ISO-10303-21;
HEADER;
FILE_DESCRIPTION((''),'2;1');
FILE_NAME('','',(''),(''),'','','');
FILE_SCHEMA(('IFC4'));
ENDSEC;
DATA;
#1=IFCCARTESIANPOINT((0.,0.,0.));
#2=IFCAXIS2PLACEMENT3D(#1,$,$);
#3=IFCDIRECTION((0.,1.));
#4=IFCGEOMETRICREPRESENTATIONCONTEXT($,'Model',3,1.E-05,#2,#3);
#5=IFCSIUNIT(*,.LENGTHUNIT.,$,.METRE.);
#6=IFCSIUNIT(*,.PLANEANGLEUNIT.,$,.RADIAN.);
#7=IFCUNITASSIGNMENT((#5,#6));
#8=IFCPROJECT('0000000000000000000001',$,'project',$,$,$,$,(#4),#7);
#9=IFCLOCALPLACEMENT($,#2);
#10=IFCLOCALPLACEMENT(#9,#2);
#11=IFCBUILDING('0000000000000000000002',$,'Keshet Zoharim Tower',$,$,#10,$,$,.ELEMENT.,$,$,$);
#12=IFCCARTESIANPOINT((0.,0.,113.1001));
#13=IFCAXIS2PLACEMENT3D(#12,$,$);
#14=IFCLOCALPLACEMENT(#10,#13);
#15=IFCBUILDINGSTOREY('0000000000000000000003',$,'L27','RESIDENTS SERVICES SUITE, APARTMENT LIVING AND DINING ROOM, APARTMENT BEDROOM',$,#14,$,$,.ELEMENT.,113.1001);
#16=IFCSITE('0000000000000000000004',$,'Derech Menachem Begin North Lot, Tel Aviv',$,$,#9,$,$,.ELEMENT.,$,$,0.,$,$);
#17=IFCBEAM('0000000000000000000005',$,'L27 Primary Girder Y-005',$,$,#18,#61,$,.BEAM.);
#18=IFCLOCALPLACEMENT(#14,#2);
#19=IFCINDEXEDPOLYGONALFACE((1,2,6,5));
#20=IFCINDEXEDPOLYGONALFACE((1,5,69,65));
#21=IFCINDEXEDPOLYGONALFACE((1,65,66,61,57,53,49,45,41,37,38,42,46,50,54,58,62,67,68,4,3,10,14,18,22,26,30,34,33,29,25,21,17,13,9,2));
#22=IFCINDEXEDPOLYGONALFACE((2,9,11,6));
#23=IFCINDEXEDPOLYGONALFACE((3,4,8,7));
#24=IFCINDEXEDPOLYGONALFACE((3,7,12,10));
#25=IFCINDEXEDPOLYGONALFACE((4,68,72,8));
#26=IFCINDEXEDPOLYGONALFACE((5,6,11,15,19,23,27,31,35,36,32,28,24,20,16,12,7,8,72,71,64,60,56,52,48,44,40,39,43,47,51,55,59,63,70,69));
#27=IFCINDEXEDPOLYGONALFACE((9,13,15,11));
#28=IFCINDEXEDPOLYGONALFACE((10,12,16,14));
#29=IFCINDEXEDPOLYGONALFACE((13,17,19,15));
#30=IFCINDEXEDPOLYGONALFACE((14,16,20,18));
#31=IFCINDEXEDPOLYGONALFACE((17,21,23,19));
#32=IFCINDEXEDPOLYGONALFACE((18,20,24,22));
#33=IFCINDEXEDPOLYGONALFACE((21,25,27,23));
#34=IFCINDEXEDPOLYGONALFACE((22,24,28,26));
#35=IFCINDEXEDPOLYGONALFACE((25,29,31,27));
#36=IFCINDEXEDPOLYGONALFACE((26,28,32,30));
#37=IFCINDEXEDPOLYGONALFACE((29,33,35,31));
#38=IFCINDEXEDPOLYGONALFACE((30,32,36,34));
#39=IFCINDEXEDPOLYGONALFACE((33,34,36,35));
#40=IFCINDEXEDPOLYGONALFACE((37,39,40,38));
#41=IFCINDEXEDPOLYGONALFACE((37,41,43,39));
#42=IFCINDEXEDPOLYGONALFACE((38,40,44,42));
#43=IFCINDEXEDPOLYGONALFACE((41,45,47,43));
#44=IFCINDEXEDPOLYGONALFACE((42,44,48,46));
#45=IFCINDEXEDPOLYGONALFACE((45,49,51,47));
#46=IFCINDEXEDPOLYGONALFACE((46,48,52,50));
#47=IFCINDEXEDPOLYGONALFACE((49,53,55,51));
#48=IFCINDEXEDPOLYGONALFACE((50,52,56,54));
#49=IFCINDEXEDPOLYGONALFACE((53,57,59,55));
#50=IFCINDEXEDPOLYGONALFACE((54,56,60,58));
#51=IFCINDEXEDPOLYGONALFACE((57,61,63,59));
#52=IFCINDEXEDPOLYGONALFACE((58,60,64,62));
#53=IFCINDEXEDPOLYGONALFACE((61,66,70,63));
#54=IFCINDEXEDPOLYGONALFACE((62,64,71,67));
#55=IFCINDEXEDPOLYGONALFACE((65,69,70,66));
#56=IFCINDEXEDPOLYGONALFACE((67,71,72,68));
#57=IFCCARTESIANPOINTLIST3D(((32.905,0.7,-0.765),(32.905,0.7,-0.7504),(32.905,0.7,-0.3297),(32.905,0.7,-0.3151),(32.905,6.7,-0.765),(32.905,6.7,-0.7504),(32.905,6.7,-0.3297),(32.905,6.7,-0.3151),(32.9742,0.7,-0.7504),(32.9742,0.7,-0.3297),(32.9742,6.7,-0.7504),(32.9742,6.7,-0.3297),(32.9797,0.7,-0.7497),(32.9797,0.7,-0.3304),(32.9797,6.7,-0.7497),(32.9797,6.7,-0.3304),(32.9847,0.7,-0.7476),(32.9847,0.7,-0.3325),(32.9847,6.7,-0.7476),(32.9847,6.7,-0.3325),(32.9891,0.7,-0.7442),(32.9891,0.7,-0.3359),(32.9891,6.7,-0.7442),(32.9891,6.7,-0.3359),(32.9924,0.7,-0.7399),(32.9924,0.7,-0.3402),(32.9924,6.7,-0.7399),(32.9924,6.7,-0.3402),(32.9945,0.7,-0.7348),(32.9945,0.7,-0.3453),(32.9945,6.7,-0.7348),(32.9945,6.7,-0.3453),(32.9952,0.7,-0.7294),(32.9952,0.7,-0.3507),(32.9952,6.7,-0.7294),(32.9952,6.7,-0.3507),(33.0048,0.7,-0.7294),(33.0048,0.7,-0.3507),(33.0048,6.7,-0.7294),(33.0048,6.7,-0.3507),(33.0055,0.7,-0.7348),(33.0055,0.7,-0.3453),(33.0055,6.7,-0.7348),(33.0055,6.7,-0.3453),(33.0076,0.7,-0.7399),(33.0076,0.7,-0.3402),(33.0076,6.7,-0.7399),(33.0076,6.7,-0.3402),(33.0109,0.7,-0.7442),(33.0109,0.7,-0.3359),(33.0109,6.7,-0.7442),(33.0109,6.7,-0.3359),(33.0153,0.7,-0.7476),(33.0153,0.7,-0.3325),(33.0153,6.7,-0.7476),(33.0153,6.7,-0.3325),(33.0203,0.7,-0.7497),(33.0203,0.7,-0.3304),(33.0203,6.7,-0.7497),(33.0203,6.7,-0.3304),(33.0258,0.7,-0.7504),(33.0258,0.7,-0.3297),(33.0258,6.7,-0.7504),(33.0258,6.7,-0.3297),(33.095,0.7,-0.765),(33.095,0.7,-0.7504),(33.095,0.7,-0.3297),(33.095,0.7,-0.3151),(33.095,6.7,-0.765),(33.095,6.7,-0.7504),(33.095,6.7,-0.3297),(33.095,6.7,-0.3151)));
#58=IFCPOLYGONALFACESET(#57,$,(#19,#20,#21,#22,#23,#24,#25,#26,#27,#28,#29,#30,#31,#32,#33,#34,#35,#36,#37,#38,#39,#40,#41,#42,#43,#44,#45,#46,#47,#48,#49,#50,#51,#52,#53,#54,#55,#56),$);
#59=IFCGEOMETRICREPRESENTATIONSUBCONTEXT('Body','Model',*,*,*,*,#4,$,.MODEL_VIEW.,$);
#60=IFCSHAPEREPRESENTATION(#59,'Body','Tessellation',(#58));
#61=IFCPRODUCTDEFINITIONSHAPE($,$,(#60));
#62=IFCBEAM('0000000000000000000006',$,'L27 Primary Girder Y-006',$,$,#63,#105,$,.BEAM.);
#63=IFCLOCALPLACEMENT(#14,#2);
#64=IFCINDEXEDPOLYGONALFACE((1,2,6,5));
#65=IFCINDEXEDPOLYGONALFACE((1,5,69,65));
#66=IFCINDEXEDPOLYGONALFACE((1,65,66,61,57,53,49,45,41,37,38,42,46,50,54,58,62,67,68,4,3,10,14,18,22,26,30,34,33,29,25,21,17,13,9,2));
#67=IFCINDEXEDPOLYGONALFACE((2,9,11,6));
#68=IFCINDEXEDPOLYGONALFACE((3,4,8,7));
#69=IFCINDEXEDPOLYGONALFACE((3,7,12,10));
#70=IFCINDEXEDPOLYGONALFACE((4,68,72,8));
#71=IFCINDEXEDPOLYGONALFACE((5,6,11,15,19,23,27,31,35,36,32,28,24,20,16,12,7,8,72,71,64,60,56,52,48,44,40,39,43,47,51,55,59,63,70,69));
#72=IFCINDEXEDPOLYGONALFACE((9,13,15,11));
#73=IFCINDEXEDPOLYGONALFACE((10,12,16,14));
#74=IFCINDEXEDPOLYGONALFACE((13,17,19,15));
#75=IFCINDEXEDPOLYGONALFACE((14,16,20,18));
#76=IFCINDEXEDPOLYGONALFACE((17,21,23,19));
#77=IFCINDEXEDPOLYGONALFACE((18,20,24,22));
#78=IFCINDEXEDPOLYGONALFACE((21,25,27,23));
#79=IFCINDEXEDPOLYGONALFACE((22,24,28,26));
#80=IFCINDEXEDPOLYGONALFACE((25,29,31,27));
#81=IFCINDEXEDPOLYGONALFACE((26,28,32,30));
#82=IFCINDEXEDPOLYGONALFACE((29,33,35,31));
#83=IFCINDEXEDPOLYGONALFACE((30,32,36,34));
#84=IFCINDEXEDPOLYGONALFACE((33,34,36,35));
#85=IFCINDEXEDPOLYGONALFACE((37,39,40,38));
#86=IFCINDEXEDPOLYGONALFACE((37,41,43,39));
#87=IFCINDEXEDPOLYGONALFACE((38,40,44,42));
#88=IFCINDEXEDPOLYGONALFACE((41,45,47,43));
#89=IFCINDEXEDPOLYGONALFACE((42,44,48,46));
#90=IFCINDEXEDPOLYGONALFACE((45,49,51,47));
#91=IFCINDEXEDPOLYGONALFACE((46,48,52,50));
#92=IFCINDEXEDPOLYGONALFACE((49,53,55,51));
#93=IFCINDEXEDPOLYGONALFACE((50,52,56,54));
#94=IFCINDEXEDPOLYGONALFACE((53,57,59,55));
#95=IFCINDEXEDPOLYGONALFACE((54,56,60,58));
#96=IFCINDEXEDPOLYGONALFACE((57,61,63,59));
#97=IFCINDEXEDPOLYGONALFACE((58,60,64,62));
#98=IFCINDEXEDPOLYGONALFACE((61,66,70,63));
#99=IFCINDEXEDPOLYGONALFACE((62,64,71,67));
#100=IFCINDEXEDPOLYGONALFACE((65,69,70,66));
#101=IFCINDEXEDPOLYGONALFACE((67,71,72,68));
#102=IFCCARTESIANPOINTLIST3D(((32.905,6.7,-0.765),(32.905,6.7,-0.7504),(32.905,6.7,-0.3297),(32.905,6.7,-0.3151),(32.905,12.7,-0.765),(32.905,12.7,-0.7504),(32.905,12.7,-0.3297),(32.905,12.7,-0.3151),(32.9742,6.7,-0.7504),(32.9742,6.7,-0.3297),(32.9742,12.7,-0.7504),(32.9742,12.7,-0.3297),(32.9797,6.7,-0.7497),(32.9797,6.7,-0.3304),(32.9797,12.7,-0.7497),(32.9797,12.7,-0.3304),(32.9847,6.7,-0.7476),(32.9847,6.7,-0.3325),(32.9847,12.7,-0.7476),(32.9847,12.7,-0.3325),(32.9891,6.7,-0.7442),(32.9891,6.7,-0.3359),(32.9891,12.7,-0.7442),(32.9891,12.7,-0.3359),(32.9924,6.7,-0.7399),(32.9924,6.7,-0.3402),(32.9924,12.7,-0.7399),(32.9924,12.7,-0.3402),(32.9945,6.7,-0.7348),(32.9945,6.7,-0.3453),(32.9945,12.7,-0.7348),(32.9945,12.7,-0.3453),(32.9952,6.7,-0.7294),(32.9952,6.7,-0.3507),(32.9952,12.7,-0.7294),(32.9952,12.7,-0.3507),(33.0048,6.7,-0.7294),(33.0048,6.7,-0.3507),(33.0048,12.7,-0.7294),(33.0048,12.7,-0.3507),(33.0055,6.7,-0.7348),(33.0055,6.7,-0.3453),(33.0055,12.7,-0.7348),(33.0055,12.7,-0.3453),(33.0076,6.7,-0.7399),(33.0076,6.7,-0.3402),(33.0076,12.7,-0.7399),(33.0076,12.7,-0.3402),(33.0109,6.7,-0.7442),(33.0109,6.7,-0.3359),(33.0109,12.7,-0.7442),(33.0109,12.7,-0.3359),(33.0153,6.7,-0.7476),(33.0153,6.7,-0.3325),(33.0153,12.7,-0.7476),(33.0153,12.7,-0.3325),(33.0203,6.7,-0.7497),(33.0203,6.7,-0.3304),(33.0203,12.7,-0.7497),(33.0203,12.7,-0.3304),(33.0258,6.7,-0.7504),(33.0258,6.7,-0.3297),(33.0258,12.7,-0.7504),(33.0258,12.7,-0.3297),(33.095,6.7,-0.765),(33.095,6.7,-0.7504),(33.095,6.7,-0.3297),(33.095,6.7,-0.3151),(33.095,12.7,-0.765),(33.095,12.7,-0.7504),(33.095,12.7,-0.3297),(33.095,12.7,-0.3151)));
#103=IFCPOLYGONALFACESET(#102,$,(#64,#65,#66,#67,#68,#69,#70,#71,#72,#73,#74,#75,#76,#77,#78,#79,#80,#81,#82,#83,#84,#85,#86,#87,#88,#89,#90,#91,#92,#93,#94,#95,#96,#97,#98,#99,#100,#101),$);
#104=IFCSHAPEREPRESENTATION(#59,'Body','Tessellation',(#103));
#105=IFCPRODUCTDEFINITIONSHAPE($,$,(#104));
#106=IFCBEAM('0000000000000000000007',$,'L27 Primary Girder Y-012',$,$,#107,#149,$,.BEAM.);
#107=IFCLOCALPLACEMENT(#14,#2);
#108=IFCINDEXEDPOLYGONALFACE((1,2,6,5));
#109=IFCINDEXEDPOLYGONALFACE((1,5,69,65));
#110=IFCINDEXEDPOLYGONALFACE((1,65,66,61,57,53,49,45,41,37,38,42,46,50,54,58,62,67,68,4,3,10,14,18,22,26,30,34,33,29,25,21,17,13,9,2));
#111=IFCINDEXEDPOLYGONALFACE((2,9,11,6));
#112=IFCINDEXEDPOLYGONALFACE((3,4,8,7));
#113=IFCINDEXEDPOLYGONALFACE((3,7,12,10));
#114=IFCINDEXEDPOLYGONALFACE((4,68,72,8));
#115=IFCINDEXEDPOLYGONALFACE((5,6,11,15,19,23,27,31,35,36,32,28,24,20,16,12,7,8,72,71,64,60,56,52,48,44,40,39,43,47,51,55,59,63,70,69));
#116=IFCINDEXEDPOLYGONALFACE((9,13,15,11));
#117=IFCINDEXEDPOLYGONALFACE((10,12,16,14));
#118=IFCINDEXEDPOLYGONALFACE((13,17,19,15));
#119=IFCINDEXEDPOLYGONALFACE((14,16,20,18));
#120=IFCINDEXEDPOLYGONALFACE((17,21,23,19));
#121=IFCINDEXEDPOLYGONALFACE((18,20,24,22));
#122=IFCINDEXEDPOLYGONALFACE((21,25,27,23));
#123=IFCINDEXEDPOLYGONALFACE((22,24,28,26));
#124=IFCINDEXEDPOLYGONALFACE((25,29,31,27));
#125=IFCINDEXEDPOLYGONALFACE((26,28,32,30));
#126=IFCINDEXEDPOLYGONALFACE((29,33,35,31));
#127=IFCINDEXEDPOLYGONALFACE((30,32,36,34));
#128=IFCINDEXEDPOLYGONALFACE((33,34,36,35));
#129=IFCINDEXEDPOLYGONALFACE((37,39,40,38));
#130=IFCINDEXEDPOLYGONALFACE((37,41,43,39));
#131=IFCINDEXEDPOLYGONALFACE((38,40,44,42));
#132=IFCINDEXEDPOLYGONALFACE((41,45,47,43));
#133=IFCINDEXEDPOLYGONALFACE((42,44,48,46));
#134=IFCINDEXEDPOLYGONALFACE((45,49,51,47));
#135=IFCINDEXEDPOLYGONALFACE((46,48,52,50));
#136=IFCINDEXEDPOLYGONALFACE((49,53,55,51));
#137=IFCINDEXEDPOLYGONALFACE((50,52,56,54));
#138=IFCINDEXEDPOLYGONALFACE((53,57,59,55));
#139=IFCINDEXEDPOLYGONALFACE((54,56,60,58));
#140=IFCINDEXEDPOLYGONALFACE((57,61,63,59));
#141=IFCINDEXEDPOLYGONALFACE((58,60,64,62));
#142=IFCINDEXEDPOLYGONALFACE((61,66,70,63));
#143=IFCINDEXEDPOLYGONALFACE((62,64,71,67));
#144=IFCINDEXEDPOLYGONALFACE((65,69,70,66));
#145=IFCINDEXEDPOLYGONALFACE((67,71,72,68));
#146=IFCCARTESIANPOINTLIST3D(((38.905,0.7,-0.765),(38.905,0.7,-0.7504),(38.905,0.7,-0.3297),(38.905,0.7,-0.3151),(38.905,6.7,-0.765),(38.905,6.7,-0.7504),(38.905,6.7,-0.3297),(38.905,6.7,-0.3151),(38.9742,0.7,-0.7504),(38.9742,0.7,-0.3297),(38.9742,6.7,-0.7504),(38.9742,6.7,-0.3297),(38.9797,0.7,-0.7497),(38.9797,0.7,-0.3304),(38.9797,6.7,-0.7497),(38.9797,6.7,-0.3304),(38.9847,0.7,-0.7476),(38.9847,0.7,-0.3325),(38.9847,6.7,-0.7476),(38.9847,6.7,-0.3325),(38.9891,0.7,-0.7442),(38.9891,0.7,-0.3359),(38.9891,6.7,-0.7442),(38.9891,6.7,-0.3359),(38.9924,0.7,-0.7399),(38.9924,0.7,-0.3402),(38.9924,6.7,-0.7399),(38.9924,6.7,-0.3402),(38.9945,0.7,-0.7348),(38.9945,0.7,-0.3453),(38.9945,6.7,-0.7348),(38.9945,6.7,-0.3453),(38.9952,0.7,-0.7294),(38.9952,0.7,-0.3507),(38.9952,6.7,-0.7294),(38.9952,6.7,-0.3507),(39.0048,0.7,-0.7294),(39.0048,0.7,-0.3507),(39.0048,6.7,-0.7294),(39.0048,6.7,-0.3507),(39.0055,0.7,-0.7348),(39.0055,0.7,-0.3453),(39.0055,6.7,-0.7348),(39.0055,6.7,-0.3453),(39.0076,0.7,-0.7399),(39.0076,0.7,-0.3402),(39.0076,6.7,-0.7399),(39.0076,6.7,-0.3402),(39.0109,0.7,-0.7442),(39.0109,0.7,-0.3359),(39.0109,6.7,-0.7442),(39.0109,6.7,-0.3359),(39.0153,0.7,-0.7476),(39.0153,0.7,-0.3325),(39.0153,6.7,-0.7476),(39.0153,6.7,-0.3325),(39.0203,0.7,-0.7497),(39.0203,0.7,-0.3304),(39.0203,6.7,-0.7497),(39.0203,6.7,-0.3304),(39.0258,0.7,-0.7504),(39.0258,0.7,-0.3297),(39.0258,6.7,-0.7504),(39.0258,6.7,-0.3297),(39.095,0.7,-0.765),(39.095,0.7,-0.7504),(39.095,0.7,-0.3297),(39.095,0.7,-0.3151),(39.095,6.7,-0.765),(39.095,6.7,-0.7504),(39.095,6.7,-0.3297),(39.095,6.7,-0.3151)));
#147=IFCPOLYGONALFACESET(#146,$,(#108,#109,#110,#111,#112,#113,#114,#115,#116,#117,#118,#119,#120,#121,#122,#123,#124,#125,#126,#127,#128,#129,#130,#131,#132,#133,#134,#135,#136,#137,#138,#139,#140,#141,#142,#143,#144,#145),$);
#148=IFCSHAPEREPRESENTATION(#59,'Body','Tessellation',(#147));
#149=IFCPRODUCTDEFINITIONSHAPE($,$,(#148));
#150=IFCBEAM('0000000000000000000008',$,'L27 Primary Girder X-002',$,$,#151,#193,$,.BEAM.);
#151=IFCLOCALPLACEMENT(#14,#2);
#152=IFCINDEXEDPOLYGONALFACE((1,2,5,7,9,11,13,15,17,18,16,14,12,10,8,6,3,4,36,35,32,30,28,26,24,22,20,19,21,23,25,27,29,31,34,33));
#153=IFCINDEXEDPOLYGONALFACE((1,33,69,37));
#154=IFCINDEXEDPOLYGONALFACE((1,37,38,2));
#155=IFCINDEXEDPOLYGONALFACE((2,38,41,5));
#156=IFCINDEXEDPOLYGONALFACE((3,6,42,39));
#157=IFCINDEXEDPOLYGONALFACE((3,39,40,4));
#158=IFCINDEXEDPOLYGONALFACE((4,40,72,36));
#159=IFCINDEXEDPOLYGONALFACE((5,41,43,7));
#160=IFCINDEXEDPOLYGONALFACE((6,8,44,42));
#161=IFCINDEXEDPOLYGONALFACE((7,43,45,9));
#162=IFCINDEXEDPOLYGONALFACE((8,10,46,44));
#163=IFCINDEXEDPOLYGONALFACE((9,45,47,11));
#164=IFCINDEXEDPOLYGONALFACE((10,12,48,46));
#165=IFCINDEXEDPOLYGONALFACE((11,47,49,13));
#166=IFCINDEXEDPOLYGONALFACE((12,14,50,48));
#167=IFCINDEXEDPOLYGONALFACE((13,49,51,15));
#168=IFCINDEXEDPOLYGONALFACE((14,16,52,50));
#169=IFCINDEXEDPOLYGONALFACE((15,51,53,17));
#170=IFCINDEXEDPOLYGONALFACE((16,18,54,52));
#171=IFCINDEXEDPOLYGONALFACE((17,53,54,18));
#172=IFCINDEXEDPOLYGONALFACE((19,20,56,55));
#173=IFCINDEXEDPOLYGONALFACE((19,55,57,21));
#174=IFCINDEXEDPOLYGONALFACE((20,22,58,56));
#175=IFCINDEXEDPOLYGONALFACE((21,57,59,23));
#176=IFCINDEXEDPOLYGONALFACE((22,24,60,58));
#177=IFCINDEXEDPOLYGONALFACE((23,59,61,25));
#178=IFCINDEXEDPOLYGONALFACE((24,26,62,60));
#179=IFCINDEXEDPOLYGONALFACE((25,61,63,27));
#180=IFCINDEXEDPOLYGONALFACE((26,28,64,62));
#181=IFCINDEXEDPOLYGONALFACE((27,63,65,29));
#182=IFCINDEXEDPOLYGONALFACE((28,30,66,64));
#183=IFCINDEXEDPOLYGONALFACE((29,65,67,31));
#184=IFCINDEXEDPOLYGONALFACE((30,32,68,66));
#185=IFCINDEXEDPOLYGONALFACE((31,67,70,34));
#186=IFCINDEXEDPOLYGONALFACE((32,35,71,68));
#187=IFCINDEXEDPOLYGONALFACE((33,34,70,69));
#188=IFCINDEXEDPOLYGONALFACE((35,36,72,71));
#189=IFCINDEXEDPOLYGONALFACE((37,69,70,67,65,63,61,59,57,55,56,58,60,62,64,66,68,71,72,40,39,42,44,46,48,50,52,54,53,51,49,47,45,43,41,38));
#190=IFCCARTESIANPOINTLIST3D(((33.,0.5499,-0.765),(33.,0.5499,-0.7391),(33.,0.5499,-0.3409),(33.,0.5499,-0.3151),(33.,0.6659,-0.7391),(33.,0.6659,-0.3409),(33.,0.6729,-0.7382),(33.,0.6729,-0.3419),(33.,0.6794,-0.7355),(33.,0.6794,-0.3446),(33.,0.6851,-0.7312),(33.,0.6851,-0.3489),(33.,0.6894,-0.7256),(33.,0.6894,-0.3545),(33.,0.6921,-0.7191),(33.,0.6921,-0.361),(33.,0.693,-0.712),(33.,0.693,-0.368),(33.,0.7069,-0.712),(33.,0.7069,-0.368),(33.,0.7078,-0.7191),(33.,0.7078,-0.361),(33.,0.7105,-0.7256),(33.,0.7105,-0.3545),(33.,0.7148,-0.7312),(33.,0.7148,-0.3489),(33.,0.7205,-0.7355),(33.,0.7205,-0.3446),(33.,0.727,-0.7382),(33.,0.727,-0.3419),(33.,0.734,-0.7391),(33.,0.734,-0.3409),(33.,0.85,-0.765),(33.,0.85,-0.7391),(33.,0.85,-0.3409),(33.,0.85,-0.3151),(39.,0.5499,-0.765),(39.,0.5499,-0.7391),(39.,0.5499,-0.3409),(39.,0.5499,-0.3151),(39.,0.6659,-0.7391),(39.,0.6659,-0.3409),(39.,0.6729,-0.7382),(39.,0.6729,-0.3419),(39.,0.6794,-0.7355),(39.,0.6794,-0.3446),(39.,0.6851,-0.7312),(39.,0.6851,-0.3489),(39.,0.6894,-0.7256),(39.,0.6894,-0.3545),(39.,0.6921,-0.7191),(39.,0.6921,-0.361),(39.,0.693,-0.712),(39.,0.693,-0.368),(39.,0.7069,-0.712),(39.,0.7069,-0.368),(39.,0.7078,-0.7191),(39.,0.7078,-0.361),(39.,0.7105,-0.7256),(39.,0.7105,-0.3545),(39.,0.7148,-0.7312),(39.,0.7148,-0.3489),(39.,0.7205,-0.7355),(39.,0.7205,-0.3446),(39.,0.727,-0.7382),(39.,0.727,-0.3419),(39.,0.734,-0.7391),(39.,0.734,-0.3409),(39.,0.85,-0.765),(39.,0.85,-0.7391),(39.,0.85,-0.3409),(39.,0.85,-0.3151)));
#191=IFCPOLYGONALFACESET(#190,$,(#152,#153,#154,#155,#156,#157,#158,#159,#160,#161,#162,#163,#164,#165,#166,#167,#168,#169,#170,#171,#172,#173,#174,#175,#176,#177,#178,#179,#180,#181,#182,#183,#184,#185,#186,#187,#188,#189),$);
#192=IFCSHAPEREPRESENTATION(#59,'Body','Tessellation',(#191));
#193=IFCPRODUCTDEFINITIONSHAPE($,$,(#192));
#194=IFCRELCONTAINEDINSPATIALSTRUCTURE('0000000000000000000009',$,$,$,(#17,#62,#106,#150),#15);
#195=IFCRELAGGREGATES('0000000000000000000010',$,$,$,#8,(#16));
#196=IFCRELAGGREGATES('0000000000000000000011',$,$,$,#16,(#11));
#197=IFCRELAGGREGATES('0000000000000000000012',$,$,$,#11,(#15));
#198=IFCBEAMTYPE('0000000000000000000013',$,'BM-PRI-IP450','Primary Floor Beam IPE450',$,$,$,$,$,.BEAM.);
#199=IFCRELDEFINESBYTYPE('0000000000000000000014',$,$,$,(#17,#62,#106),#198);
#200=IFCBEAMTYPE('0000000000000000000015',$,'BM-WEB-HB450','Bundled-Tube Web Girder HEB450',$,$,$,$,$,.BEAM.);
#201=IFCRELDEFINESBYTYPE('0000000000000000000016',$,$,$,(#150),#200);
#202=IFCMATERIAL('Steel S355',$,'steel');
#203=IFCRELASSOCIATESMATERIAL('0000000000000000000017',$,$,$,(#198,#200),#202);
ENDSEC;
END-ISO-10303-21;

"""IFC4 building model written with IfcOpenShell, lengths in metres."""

from ifc_helpers import new_model, si_unit, direction, frame, origin, origin_2d, place, context, subcontext, project, spatial, i_section, extrude, material, material_profile, profile_set, type_object, element, save


model = new_model("IFC4")

# Units and contexts
model_context = context("Model", 3, precision=1e-05, world=origin(), true_north=direction((0.0, 1.0)))
body_context = subcontext(model_context, "Body", "Model", "MODEL_VIEW")
ifc_project = project(units=[si_unit("LENGTHUNIT", "METRE"), si_unit("PLANEANGLEUNIT", "RADIAN")], contexts=[model_context])

# Site, building, storey
site_placement = place(None, origin())
site = spatial("IfcSite", under=ifc_project, at=site_placement, Name="Derech Menachem Begin North Lot, Tel Aviv", CompositionType="ELEMENT", RefElevation=0.0)
building_placement = place(site_placement, origin())
building = spatial("IfcBuilding", under=site, at=building_placement, Name="Keshet Zoharim Tower", CompositionType="ELEMENT")
storey_placement = place(building_placement, frame((0.0, 0.0, 113.1001)))
storey = spatial("IfcBuildingStorey", under=building, at=storey_placement, Name="L27", Description="RESIDENTS SERVICES SUITE, APARTMENT LIVING AND DINING ROOM, APARTMENT BEDROOM", CompositionType="ELEMENT", Elevation=113.1001)

# Shared definitions
ifc_material_1 = material(Name="Steel S355", Category="steel")

# Beams
ifc_material_profile_1 = material_profile(ifc_material_1, i_section(OverallWidth=0.1899, OverallDepth=0.45, WebThickness=0.0095, FlangeThickness=0.0146, FilletRadius=0.021, at=origin_2d()), Name="IPE450")
ifc_profile_set_1 = profile_set([ifc_material_profile_1], Name="Steel S355")
beam_type_1 = type_object("IfcBeamType", Name="BM-PRI-IP450", Description="Primary Floor Beam IPE450", PredefinedType="BEAM", material=ifc_profile_set_1)
for number, where, z_axis, x_axis, name in (
    (1, (33.0, 0.7, -0.54), (0.0, 1.0, 0.0), (-1.0, 0.0, 0.0), "L27 Primary Girder Y-005"),
    (2, (33.0, 6.7, -0.54), (0.0, 1.0, 0.0), (-1.0, 0.0, 0.0), "L27 Primary Girder Y-006"),
    (3, (39.0, 0.7, -0.54), (0.0, 1.0, 0.0), (-1.0, 0.0, 0.0), "L27 Primary Girder Y-012"),
):
    element("IfcBeam", number, at=place(storey_placement, frame(where, z_axis=z_axis, x_axis=x_axis)), inside=storey, type_object=beam_type_1, Name=name, PredefinedType="BEAM", context=body_context, shape_type="SweptSolid", body=[
        extrude(i_section(OverallWidth=0.1899, OverallDepth=0.45, WebThickness=0.0095, FlangeThickness=0.0146, FilletRadius=0.021, at=origin_2d()), origin(), (0.0, 0.0, 1.0), 6.0),
    ])
ifc_material_profile_2 = material_profile(ifc_material_1, i_section(OverallWidth=0.3, OverallDepth=0.45, WebThickness=0.0139, FlangeThickness=0.0259, FilletRadius=0.0271, at=origin_2d()), Name="HEB450")
ifc_profile_set_2 = profile_set([ifc_material_profile_2], Name="Steel S355")
beam_type_2 = type_object("IfcBeamType", Name="BM-WEB-HB450", Description="Bundled-Tube Web Girder HEB450", PredefinedType="BEAM", material=ifc_profile_set_2)
for number, where, z_axis, x_axis, name in (
    (4, (33.0, 0.7, -0.54), (1.0, 0.0, 0.0), (0.0, 1.0, 0.0), "L27 Primary Girder X-002"),
):
    element("IfcBeam", number, at=place(storey_placement, frame(where, z_axis=z_axis, x_axis=x_axis)), inside=storey, type_object=beam_type_2, Name=name, PredefinedType="BEAM", context=body_context, shape_type="SweptSolid", body=[
        extrude(i_section(OverallWidth=0.3, OverallDepth=0.45, WebThickness=0.0139, FlangeThickness=0.0259, FilletRadius=0.0271, at=origin_2d()), origin(), (0.0, 0.0, 1.0), 6.0),
    ])

save(model, "model.ifc")
